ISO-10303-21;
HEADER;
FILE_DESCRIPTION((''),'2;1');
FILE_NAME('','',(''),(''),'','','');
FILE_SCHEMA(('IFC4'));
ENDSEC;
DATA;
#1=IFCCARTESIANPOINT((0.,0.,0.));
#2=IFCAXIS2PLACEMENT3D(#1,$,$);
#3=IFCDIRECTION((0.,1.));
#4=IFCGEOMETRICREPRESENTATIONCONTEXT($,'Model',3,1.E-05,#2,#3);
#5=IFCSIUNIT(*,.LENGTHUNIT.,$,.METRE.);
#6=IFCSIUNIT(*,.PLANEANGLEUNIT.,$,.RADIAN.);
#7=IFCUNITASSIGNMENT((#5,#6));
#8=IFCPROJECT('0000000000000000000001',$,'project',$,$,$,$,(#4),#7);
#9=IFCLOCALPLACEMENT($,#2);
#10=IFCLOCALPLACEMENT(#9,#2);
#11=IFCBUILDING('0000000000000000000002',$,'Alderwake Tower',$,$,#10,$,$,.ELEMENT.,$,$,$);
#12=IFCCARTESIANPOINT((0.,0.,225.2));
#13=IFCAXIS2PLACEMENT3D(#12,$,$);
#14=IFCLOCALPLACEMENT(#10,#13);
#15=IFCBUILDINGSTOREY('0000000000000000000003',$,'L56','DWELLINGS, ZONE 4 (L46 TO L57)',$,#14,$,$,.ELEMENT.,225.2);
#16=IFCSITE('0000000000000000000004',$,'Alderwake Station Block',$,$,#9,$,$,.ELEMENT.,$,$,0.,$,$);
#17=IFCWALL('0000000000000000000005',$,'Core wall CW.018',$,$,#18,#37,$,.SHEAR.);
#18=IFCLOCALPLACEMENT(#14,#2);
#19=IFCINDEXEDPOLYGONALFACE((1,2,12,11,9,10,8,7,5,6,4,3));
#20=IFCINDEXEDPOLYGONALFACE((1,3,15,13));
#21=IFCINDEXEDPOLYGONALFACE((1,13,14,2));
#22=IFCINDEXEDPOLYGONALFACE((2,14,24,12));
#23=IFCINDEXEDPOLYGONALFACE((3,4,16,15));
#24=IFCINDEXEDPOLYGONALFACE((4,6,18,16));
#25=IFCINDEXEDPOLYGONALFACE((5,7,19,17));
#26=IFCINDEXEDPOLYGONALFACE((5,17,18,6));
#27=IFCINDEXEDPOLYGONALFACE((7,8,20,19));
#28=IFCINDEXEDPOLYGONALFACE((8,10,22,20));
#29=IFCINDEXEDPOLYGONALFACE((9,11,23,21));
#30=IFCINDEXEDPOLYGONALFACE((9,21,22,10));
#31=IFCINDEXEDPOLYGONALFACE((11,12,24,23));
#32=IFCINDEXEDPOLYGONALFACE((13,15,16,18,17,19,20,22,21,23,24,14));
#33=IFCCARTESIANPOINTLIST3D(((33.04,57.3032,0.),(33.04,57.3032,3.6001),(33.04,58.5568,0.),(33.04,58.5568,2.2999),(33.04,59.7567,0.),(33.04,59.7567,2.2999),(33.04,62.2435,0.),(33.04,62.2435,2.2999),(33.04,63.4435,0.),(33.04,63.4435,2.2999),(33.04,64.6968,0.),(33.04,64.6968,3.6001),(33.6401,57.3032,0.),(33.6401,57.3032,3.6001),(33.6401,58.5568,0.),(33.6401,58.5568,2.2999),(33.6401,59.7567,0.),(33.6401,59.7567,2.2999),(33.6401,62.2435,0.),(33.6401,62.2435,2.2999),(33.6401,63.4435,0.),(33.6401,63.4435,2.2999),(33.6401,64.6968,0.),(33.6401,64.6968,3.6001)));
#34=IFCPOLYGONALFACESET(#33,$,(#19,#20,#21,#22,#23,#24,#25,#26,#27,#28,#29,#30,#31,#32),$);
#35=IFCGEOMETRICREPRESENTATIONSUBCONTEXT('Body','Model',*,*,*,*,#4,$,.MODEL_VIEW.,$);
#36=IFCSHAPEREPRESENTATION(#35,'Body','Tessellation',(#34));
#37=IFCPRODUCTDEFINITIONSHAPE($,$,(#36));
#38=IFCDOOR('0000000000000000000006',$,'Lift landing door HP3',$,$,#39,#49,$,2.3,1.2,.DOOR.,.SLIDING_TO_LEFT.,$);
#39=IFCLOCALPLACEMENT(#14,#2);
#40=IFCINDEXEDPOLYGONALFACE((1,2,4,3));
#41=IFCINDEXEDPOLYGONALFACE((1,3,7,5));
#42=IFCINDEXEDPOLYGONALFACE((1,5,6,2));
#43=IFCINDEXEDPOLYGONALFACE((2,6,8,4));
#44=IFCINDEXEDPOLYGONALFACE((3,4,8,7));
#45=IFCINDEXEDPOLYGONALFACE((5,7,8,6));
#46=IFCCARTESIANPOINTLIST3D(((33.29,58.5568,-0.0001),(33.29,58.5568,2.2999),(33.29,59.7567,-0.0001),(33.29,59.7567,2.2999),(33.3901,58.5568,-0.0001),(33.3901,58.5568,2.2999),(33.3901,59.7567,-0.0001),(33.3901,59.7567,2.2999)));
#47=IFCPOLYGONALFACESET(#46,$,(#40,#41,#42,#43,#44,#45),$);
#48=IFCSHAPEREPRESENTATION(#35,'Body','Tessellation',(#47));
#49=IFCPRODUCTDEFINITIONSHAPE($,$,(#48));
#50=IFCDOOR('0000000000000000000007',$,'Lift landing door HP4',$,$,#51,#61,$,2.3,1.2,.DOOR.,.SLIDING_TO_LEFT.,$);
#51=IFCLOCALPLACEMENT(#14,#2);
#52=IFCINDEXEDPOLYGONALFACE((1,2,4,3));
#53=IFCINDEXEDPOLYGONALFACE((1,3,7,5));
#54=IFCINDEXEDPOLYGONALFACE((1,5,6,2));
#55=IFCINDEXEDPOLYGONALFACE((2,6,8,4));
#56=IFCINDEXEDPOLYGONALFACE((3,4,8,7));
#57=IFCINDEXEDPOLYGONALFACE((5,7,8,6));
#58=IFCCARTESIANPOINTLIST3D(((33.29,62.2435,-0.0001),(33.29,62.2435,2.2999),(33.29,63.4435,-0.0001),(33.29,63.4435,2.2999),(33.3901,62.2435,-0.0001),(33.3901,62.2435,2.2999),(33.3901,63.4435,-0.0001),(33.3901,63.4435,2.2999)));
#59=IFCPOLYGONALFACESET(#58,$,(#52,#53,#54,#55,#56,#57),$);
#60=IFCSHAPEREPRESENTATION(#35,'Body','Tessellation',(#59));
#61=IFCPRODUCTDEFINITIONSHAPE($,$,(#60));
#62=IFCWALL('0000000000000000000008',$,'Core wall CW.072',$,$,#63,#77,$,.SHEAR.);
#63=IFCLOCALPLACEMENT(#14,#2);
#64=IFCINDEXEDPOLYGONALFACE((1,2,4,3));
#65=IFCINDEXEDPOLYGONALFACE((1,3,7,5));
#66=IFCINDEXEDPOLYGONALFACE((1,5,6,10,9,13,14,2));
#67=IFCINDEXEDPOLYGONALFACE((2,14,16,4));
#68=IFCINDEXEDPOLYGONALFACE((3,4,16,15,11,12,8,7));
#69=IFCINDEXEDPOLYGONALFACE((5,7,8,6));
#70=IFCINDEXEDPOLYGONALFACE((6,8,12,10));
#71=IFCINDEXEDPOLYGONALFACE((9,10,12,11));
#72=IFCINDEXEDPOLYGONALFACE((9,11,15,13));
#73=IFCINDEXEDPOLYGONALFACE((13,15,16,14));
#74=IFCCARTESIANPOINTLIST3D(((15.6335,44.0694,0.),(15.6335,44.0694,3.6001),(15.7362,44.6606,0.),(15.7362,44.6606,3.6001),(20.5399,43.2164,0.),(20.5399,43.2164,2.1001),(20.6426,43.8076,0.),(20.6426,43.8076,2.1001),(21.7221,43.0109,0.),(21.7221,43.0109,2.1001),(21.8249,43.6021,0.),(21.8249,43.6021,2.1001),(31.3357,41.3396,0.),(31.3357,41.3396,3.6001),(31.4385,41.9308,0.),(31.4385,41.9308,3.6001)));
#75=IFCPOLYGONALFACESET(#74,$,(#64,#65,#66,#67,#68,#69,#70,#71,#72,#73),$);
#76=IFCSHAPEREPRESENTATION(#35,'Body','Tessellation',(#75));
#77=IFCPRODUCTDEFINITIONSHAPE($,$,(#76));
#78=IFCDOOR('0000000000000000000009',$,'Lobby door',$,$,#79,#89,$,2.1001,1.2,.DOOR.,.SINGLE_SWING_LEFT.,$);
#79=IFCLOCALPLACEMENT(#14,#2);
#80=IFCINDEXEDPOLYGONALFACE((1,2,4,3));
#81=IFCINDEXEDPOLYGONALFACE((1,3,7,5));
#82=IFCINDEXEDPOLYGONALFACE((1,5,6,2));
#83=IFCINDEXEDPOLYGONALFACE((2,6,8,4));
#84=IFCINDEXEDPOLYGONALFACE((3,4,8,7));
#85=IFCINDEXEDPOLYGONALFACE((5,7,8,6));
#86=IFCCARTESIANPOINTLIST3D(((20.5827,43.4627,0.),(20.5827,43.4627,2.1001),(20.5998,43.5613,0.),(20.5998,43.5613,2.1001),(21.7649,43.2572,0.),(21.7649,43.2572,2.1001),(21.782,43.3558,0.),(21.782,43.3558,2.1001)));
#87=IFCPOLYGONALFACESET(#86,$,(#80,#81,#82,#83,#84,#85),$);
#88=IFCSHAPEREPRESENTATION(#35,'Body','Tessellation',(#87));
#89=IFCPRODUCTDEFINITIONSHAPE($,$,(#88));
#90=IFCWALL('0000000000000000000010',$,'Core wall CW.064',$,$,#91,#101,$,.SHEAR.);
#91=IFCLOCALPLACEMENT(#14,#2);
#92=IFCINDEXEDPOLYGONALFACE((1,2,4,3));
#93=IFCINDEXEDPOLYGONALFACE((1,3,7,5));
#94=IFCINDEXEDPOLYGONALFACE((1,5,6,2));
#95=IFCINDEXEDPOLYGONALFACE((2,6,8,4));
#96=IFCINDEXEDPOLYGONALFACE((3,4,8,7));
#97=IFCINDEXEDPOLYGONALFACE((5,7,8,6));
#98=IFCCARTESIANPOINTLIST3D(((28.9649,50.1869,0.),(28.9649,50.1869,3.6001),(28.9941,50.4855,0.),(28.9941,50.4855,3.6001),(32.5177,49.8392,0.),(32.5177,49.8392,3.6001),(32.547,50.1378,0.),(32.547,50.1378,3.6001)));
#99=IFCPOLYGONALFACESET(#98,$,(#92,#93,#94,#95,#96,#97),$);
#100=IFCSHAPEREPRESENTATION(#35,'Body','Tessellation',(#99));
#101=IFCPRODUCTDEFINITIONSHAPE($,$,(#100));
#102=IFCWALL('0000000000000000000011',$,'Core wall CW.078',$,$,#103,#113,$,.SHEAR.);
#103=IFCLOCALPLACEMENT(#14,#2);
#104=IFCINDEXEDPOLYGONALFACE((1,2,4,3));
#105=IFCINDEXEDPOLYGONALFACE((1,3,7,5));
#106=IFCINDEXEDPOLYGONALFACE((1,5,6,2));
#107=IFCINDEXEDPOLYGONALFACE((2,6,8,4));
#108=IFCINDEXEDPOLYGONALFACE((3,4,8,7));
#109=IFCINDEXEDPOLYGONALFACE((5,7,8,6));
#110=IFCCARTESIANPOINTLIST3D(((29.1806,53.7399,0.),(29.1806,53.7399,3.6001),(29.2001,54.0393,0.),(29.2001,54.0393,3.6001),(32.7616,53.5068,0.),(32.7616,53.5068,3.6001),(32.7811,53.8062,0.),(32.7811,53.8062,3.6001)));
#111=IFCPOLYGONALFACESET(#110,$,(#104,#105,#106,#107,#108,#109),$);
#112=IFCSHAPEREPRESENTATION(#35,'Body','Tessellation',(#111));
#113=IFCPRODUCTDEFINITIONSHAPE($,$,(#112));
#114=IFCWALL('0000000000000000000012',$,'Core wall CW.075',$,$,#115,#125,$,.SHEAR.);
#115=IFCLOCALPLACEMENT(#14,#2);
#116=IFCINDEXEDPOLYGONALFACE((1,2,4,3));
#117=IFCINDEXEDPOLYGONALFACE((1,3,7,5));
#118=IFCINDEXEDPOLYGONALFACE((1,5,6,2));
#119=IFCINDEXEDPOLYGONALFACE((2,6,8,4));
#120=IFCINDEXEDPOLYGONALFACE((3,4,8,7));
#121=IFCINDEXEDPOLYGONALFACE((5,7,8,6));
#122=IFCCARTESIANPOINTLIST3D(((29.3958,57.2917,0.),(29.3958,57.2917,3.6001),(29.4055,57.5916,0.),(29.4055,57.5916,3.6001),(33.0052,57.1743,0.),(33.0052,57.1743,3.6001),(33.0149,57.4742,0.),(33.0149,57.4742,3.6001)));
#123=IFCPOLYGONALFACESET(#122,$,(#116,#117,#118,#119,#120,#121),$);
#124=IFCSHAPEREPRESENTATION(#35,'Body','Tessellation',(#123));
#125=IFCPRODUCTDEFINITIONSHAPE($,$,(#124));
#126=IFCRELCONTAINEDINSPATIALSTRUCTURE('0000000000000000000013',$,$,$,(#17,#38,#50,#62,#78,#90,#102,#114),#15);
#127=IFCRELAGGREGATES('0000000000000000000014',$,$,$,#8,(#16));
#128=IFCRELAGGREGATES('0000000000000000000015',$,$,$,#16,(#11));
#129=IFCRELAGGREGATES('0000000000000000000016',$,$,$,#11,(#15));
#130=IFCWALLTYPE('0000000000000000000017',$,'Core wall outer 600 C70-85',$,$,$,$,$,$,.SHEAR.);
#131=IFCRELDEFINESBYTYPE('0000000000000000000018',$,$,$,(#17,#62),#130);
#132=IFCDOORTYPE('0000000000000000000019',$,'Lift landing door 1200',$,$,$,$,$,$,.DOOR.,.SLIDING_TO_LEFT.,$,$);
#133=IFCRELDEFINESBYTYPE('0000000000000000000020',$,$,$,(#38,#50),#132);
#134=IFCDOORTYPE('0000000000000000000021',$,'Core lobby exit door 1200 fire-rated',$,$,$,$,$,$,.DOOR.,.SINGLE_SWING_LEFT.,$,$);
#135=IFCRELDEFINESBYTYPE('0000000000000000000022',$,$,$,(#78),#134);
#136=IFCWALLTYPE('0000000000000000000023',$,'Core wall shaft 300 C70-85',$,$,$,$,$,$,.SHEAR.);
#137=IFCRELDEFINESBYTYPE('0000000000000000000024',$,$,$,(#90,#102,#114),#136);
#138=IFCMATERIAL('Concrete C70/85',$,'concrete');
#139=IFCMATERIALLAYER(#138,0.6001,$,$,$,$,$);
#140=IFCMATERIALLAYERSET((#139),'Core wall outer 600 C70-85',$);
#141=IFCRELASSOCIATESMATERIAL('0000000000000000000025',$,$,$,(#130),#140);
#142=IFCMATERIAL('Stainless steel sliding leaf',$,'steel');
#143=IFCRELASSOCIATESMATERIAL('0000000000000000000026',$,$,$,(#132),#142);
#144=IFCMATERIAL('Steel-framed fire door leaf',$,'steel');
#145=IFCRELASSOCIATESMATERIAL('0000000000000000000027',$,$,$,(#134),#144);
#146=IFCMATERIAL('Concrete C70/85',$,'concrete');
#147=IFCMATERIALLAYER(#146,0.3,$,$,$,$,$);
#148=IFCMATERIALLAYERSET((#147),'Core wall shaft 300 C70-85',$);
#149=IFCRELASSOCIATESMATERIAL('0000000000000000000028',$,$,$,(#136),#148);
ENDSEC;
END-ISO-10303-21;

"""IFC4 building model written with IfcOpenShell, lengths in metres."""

from ifc_helpers import new_model, si_unit, direction, frame, frame_2d, origin, place, context, subcontext, project, spatial, rectangle, extrude, material, layer, layer_set, type_object, element, fill, save


model = new_model("IFC4")

# Units and contexts
model_context = context("Model", 3, precision=1e-05, world=origin(), true_north=direction((0.0, 1.0)))
body_context = subcontext(model_context, "Body", "Model", "MODEL_VIEW")
ifc_project = project(units=[si_unit("LENGTHUNIT", "METRE"), si_unit("PLANEANGLEUNIT", "RADIAN")], contexts=[model_context])

# Site, building, storey
site_placement = place(None, origin())
site = spatial("IfcSite", under=ifc_project, at=site_placement, Name="Alderwake Station Block", CompositionType="ELEMENT", RefElevation=0.0)
building_placement = place(site_placement, origin())
building = spatial("IfcBuilding", under=site, at=building_placement, Name="Alderwake Tower", CompositionType="ELEMENT")
storey_placement = place(building_placement, frame((0.0, 0.0, 225.2)))
storey = spatial("IfcBuildingStorey", under=building, at=storey_placement, Name="L56", Description="DWELLINGS, ZONE 4 (L46 TO L57)", CompositionType="ELEMENT", Elevation=225.2)

# Shared definitions
ifc_material_1 = material(Name="Concrete C70/85", Category="concrete")
ifc_layer_1 = layer(ifc_material_1, 0.6001)
ifc_layer_set_1 = layer_set([ifc_layer_1], Name="Core wall outer 600 C70-85")
wall_type_1 = type_object("IfcWallType", Name="Core wall outer 600 C70-85", PredefinedType="SHEAR", material=ifc_layer_set_1)

# Wall, openings, doors
ifc_material_2 = material(Name="Stainless steel sliding leaf", Category="steel")
door_type_1 = type_object("IfcDoorType", Name="Lift landing door 1200", OperationType="SLIDING_TO_LEFT", PredefinedType="DOOR", material=ifc_material_2)
wall_1_placement = place(storey_placement, frame((33.3401, 57.3032, 0.0), z_axis=(0.0, 0.0, 1.0), x_axis=(0.0, 1.0, 0.0)))
wall_1 = element("IfcWall", 1, at=wall_1_placement, inside=storey, type_object=wall_type_1, Name="Core wall CW.018", PredefinedType="SHEAR", context=body_context, shape_type="SweptSolid", body=[
    extrude(rectangle(XDim=7.3936, YDim=0.6001, at=frame_2d((3.6968, 0.0))), origin(), (0.0, 0.0, 1.0), 3.6001),
])
opening_1_placement = place(wall_1_placement, frame((1.2534, 0.0, 0.0)))
opening_1 = element("IfcOpeningElement", 2, at=opening_1_placement, cuts=wall_1, PredefinedType="OPENING", context=body_context, shape_type="SweptSolid", body=[
    extrude(rectangle(XDim=1.2, YDim=2.3, at=frame_2d((0.6001, 1.1499))), frame((0.0, 0.3101, 0.0), z_axis=(0.0, -1.0, 0.0), x_axis=(1.0, 0.0, 0.0)), (0.0, 0.0, 1.0), 0.6201),
])
opening_2_placement = place(wall_1_placement, frame((4.9402, 0.0, 0.0)))
opening_2 = element("IfcOpeningElement", 3, at=opening_2_placement, cuts=wall_1, PredefinedType="OPENING", context=body_context, shape_type="SweptSolid", body=[
    extrude(rectangle(XDim=1.2, YDim=2.3, at=frame_2d((0.6001, 1.1499))), frame((0.0, 0.3101, 0.0), z_axis=(0.0, -1.0, 0.0), x_axis=(1.0, 0.0, 0.0)), (0.0, 0.0, 1.0), 0.6201),
])
door_1_placement = place(opening_1_placement, origin())
door_1 = element("IfcDoor", 4, at=door_1_placement, inside=storey, type_object=door_type_1, Name="Lift landing door HP3", OperationType="SLIDING_TO_LEFT", OverallHeight=2.3, OverallWidth=1.2, PredefinedType="DOOR", context=body_context, shape_type="SweptSolid", body=[
    extrude(rectangle(XDim=1.2, YDim=2.3, at=frame_2d((0.6001, 1.1499))), frame((0.0, 0.05, 0.0), z_axis=(0.0, -1.0, 0.0), x_axis=(1.0, 0.0, 0.0)), (0.0, 0.0, 1.0), 0.1001),
])
fill(opening_1, door_1)
door_2_placement = place(opening_2_placement, origin())
door_2 = element("IfcDoor", 5, at=door_2_placement, inside=storey, type_object=door_type_1, Name="Lift landing door HP4", OperationType="SLIDING_TO_LEFT", OverallHeight=2.3, OverallWidth=1.2, PredefinedType="DOOR", context=body_context, shape_type="SweptSolid", body=[
    extrude(rectangle(XDim=1.2, YDim=2.3, at=frame_2d((0.6001, 1.1499))), frame((0.0, 0.05, 0.0), z_axis=(0.0, -1.0, 0.0), x_axis=(1.0, 0.0, 0.0)), (0.0, 0.0, 1.0), 0.1001),
])
fill(opening_2, door_2)

# Wall, opening, door
wall_2_placement = place(storey_placement, frame((31.387, 41.6353, 0.0), z_axis=(0.0, 0.0, 1.0), x_axis=(-0.985223, 0.171276, 0.0)))
wall_2 = element("IfcWall", 6, at=wall_2_placement, inside=storey, type_object=wall_type_1, Name="Core wall CW.072", PredefinedType="SHEAR", context=body_context, shape_type="SweptSolid", body=[
    extrude(rectangle(XDim=15.9377, YDim=0.6001, at=frame_2d((7.9688, 0.0))), origin(), (0.0, 0.0, 1.0), 3.6001),
])
opening_3_placement = place(wall_2_placement, frame((9.7576, 0.0, 0.0)))
opening_3 = element("IfcOpeningElement", 7, at=opening_3_placement, cuts=wall_2, PredefinedType="OPENING", context=body_context, shape_type="SweptSolid", body=[
    extrude(rectangle(XDim=1.2, YDim=2.1001, at=frame_2d((0.6001, 1.05))), frame((0.0, 0.3101, 0.0), z_axis=(0.0, -1.0, 0.0), x_axis=(1.0, 0.0, 0.0)), (0.0, 0.0, 1.0), 0.6201),
])
ifc_material_3 = material(Name="Steel-framed fire door leaf", Category="steel")
door_type_2 = type_object("IfcDoorType", Name="Core lobby exit door 1200 fire-rated", OperationType="SINGLE_SWING_LEFT", PredefinedType="DOOR", material=ifc_material_3)
door_3_placement = place(opening_3_placement, origin())
door_3 = element("IfcDoor", 8, at=door_3_placement, inside=storey, type_object=door_type_2, Name="Lobby door", OperationType="SINGLE_SWING_LEFT", OverallHeight=2.1001, OverallWidth=1.2, PredefinedType="DOOR", context=body_context, shape_type="SweptSolid", body=[
    extrude(rectangle(XDim=1.2, YDim=2.1001, at=frame_2d((0.6001, 1.05))), frame((0.0, 0.05, 0.0), z_axis=(0.0, -1.0, 0.0), x_axis=(1.0, 0.0, 0.0)), (0.0, 0.0, 1.0), 0.1001),
])
fill(opening_3, door_3)

# Walls
ifc_material_4 = material(Name="Concrete C70/85", Category="concrete")
ifc_layer_2 = layer(ifc_material_4, 0.3)
ifc_layer_set_2 = layer_set([ifc_layer_2], Name="Core wall shaft 300 C70-85")
wall_type_2 = type_object("IfcWallType", Name="Core wall shaft 300 C70-85", PredefinedType="SHEAR", material=ifc_layer_set_2)
wall_3_placement = place(storey_placement, frame((28.9795, 50.3362, 0.0), z_axis=(0.0, 0.0, 1.0), x_axis=(0.995246, -0.097391, 0.0)))
element("IfcWall", 9, at=wall_3_placement, inside=storey, type_object=wall_type_2, Name="Core wall CW.064", PredefinedType="SHEAR", context=body_context, shape_type="SweptSolid", body=[
    extrude(rectangle(XDim=3.5698, YDim=0.3, at=frame_2d((1.7849, 0.0))), origin(), (0.0, 0.0, 1.0), 3.6001),
])
wall_4_placement = place(storey_placement, frame((29.1902, 53.8896, 0.0), z_axis=(0.0, 0.0, 1.0), x_axis=(0.997887, -0.06497, 0.0)))
element("IfcWall", 10, at=wall_4_placement, inside=storey, type_object=wall_type_2, Name="Core wall CW.078", PredefinedType="SHEAR", context=body_context, shape_type="SweptSolid", body=[
    extrude(rectangle(XDim=3.5886, YDim=0.3, at=frame_2d((1.7944, 0.0))), origin(), (0.0, 0.0, 1.0), 3.6001),
])
wall_5_placement = place(storey_placement, frame((29.4006, 57.4417, 0.0), z_axis=(0.0, 0.0, 1.0), x_axis=(0.999471, -0.032518, 0.0)))
element("IfcWall", 11, at=wall_5_placement, inside=storey, type_object=wall_type_2, Name="Core wall CW.075", PredefinedType="SHEAR", context=body_context, shape_type="SweptSolid", body=[
    extrude(rectangle(XDim=3.6113, YDim=0.3, at=frame_2d((1.8057, 0.0))), origin(), (0.0, 0.0, 1.0), 3.6001),
])

save(model, "model.ifc")
